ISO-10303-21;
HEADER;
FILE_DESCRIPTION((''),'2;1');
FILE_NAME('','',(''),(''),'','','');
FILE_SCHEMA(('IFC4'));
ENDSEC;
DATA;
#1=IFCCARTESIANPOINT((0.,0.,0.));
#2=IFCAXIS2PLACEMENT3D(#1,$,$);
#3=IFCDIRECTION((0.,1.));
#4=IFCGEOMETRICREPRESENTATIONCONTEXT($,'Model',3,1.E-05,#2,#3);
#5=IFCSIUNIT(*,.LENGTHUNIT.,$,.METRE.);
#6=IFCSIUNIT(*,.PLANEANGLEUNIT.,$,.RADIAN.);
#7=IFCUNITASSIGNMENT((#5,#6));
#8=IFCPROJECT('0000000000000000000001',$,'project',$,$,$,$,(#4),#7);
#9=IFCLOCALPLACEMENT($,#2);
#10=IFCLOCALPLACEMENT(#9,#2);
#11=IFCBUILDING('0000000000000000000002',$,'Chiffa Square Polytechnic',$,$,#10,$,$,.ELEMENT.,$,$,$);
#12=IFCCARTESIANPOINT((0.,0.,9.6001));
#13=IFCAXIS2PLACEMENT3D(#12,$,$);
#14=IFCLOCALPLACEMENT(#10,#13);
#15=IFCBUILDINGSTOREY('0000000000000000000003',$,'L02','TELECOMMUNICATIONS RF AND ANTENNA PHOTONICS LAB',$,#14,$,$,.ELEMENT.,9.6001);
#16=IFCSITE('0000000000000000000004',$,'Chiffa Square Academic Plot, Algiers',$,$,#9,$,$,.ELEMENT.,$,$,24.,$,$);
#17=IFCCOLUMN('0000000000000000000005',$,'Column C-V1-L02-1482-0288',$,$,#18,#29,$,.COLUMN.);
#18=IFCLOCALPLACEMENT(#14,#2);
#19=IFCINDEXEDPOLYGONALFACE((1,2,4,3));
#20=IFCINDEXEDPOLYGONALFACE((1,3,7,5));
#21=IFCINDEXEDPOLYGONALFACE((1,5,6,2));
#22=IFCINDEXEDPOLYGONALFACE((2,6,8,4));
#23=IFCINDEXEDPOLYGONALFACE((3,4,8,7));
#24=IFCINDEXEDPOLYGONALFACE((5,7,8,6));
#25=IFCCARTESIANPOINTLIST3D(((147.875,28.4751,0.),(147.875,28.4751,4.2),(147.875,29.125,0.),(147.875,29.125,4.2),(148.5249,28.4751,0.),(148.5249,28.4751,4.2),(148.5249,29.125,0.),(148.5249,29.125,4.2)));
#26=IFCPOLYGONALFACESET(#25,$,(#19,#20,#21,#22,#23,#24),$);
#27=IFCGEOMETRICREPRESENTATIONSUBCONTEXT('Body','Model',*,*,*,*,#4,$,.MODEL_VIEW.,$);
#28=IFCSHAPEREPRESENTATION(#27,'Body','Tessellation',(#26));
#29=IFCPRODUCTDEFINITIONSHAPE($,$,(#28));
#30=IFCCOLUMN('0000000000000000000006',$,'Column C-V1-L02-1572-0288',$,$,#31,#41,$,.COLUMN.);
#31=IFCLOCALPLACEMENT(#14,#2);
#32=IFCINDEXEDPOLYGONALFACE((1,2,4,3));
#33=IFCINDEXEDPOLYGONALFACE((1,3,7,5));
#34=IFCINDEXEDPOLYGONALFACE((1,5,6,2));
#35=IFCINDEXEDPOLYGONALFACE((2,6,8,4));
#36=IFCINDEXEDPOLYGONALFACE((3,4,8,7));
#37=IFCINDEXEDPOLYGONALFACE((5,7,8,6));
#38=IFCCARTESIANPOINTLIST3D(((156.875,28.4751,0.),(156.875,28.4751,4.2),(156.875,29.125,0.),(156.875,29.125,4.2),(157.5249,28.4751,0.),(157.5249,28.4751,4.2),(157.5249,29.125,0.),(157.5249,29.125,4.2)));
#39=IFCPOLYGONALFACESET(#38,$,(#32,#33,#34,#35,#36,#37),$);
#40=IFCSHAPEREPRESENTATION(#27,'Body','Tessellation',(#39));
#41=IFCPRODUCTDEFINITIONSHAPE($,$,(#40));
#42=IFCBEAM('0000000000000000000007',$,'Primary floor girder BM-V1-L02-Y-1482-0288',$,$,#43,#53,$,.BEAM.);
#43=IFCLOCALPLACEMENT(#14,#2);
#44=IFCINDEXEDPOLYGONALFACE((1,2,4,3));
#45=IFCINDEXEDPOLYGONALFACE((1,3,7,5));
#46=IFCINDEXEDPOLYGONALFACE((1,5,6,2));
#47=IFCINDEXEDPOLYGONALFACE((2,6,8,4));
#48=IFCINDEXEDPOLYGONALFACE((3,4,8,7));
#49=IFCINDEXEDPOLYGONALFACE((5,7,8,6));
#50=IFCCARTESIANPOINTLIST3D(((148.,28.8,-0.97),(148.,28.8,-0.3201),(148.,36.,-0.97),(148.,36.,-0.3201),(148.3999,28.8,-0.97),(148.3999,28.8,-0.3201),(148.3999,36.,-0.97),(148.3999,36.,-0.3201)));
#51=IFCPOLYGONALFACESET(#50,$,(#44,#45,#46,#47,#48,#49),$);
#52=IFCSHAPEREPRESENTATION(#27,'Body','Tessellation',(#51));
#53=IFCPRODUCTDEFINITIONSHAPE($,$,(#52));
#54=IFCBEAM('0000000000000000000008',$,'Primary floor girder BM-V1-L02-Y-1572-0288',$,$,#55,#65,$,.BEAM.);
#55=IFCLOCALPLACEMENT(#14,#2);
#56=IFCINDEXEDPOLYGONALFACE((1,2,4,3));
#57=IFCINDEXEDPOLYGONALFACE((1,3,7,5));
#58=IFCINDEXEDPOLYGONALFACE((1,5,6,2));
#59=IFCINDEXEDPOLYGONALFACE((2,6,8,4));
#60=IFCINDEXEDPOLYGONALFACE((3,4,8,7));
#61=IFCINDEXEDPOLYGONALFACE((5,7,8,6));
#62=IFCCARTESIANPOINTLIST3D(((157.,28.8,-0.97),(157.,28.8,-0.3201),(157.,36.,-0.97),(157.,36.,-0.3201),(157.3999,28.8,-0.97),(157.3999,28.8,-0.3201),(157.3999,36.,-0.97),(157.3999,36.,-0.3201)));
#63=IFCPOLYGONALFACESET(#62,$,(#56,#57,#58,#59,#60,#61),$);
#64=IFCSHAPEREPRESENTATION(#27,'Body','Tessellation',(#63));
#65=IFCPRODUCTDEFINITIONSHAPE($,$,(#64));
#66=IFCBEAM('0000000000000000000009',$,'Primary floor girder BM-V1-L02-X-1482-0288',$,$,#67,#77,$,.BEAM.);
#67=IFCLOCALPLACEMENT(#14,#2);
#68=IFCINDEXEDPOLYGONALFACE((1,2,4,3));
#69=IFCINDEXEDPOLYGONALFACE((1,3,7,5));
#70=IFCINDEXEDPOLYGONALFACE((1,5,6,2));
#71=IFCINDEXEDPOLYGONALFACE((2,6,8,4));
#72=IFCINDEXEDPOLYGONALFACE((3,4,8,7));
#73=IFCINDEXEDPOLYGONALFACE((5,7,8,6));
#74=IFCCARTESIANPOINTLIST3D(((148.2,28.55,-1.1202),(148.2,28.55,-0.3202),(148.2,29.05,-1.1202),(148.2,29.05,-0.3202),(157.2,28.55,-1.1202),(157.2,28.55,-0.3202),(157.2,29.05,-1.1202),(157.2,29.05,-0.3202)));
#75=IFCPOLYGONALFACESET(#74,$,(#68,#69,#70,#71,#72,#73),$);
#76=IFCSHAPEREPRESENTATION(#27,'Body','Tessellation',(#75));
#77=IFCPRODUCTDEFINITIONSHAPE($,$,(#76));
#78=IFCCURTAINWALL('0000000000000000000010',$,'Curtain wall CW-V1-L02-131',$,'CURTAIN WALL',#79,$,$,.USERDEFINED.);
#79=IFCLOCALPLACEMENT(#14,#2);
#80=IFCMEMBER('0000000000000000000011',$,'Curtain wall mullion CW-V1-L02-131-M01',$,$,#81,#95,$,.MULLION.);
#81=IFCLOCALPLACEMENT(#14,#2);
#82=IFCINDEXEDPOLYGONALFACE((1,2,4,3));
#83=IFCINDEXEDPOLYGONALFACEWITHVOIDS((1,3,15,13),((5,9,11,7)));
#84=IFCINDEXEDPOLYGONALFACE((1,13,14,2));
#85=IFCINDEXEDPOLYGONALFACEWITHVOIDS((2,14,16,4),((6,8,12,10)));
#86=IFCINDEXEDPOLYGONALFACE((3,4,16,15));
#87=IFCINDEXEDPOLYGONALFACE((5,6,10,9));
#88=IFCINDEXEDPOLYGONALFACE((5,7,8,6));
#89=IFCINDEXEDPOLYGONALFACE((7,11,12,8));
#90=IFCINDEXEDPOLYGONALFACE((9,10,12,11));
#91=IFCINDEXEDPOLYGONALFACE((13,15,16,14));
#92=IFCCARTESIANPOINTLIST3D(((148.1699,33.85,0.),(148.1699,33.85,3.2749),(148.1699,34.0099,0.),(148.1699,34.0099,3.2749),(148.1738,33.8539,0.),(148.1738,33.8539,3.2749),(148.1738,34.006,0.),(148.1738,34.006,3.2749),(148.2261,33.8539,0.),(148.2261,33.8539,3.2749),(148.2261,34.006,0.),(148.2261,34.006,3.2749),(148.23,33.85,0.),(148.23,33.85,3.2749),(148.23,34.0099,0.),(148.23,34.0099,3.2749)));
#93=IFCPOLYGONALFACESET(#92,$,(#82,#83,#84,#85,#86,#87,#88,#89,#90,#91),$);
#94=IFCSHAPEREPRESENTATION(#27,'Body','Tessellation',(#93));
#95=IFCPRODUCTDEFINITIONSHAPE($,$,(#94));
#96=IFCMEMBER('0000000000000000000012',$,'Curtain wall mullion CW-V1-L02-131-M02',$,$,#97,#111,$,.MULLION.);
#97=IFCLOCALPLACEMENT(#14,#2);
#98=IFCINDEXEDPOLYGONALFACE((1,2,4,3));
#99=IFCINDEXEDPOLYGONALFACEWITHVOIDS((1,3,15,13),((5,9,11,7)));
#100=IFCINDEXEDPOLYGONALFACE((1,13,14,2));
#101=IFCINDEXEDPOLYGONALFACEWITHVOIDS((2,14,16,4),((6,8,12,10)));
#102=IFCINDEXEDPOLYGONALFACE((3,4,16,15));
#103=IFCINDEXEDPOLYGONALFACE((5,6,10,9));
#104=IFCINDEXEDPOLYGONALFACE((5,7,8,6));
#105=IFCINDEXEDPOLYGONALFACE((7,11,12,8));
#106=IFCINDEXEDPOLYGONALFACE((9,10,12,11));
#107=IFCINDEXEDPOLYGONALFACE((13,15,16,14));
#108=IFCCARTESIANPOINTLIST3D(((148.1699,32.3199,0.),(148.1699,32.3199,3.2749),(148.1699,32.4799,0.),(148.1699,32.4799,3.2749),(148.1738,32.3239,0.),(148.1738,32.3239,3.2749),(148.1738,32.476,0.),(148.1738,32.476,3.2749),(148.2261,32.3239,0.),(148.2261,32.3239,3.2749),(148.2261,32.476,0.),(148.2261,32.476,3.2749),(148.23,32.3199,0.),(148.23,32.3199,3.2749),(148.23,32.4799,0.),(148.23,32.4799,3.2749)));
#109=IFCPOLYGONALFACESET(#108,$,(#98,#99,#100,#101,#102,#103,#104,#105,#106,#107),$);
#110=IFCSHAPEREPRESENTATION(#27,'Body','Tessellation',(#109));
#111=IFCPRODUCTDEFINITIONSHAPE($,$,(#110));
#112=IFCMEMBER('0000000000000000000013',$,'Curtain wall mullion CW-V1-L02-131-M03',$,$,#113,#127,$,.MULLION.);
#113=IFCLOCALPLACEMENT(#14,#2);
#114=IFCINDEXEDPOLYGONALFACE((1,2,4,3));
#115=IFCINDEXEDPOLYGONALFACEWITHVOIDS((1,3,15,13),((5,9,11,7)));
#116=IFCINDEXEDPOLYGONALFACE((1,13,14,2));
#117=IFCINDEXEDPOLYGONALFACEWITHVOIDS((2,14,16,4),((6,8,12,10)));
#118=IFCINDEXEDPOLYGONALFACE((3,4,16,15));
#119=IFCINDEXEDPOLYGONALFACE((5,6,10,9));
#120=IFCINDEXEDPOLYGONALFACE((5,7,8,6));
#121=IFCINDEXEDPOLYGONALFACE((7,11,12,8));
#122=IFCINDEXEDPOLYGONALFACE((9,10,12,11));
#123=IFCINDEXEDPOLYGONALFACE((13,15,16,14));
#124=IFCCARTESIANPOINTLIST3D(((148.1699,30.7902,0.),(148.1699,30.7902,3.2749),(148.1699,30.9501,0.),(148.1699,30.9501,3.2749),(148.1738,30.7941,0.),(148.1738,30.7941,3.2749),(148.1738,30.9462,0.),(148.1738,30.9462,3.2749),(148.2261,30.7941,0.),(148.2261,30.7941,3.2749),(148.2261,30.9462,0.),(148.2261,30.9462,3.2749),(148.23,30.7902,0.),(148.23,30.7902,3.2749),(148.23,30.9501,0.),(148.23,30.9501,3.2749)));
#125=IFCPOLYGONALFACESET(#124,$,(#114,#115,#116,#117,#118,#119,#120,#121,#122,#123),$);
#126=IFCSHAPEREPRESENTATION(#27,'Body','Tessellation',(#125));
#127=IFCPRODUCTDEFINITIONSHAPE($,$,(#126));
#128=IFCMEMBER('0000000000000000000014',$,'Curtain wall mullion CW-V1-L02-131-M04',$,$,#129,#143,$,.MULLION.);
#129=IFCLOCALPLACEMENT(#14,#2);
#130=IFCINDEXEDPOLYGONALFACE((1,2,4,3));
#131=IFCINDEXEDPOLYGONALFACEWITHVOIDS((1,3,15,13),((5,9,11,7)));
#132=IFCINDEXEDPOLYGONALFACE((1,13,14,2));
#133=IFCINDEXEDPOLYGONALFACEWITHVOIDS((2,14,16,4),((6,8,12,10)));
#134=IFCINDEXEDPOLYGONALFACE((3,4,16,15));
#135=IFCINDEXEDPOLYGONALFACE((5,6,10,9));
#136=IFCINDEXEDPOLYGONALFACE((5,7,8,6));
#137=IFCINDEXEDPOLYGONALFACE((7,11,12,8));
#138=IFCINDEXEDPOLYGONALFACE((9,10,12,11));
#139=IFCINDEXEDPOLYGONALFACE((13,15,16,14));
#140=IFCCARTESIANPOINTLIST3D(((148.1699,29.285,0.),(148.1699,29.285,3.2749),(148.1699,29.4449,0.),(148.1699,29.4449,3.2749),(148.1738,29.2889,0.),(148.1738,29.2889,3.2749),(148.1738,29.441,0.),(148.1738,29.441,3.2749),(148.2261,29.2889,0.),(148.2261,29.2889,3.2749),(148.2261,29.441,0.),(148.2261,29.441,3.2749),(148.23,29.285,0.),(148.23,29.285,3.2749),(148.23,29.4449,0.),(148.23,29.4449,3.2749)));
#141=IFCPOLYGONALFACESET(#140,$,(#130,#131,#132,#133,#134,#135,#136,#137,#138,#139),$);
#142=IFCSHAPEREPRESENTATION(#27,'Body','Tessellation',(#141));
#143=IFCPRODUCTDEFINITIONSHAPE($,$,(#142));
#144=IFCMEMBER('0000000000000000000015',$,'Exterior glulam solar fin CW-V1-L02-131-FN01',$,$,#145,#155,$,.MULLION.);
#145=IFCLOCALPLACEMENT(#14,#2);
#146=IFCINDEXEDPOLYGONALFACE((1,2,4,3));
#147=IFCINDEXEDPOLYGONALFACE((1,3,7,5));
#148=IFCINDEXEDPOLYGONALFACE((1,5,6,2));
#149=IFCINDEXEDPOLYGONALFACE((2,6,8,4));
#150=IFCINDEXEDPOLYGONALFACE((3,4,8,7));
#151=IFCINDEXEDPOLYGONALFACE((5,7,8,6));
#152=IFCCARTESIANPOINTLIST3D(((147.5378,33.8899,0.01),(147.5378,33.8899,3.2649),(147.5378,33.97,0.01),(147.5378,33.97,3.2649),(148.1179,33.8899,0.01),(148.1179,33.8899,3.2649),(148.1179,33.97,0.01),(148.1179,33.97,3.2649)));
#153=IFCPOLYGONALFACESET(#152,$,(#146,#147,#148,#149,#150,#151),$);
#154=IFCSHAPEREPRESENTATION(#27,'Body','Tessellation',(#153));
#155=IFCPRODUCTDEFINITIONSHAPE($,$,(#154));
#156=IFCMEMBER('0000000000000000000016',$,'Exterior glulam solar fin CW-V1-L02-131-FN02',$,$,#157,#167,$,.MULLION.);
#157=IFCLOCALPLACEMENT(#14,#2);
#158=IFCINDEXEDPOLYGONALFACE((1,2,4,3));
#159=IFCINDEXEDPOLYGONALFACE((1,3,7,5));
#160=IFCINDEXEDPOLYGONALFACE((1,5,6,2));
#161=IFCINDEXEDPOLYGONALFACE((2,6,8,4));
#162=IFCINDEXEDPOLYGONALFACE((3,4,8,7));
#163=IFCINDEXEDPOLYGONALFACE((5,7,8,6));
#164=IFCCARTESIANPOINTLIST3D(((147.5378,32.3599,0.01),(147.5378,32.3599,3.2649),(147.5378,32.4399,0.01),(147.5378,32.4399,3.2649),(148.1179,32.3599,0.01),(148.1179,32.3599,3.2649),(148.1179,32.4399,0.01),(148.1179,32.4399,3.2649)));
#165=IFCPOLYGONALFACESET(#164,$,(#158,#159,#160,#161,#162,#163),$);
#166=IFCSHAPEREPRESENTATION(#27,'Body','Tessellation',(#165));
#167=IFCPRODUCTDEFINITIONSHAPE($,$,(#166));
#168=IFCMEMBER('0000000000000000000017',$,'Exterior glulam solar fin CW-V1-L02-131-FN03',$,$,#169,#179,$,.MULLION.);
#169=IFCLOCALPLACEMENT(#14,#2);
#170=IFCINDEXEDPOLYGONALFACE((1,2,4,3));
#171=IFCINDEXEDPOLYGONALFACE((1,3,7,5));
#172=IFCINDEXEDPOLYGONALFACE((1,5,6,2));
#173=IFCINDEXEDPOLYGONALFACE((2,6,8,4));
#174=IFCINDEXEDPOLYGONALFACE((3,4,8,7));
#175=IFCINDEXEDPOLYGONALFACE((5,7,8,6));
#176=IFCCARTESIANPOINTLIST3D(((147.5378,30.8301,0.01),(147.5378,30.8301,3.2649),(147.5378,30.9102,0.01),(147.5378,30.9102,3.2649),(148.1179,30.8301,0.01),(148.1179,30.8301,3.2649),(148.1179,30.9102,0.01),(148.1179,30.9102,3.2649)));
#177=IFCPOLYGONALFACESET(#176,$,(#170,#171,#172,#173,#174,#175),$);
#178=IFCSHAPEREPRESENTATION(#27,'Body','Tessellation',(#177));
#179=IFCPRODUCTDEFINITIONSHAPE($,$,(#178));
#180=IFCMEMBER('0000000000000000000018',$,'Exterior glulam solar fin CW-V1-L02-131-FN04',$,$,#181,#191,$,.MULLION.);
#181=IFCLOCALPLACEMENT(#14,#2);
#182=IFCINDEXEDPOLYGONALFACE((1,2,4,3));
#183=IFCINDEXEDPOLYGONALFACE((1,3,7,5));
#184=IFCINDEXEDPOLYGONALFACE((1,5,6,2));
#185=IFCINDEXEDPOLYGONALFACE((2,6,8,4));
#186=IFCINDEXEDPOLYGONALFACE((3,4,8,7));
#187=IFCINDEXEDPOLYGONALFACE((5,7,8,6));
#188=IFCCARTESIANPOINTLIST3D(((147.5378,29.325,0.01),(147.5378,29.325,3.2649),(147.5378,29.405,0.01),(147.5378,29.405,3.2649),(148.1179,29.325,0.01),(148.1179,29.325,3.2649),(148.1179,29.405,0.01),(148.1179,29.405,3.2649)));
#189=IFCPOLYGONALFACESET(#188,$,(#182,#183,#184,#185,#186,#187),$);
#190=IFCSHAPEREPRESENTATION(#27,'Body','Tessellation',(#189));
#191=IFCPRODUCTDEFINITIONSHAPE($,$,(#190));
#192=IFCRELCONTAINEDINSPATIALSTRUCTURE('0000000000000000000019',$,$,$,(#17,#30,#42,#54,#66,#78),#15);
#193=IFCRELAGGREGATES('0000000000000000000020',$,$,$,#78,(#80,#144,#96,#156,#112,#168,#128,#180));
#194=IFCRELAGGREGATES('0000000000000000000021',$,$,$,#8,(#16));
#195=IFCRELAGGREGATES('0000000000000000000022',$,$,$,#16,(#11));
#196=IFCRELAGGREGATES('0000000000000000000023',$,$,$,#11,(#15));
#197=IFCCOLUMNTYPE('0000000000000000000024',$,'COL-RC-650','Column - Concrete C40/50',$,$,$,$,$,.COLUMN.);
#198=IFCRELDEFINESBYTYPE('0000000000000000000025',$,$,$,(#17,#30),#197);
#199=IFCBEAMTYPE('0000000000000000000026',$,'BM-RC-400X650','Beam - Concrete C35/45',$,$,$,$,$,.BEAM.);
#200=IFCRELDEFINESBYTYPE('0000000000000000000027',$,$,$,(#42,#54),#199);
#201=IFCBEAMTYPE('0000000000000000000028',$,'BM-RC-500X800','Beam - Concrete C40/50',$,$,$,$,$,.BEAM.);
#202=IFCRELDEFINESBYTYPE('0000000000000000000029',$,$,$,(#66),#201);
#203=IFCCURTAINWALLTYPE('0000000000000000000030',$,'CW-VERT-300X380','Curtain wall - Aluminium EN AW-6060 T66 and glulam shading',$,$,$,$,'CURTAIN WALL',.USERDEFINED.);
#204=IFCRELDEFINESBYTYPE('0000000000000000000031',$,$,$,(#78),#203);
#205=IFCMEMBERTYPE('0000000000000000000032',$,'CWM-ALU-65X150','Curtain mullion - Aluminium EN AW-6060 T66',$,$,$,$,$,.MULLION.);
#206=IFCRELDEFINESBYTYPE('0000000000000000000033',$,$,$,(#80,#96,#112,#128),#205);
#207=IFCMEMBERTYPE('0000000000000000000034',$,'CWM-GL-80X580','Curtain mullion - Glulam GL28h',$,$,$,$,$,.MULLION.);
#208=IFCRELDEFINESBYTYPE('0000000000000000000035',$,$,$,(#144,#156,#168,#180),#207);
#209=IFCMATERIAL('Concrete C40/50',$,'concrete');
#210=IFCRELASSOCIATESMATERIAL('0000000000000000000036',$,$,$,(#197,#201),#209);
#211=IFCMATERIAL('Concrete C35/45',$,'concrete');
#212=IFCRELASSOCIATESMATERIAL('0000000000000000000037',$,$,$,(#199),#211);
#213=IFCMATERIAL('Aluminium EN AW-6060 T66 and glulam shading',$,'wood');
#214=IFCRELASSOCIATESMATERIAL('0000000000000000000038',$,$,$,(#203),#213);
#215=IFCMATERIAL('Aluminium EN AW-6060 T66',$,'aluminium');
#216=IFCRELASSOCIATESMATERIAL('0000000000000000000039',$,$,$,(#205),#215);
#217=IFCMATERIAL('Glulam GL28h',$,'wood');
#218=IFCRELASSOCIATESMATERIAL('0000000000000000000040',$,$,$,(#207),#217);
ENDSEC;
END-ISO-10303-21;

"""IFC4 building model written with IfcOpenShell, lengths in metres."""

from ifc_helpers import new_model, si_unit, direction, frame, origin, origin_2d, place, context, subcontext, project, spatial, rectangle, hollow_rectangle, extrude, material, material_profile, profile_set, type_object, element, aggregate, save


model = new_model("IFC4")

# Units and contexts
model_context = context("Model", 3, precision=1e-05, world=origin(), true_north=direction((0.0, 1.0)))
body_context = subcontext(model_context, "Body", "Model", "MODEL_VIEW")
ifc_project = project(units=[si_unit("LENGTHUNIT", "METRE"), si_unit("PLANEANGLEUNIT", "RADIAN")], contexts=[model_context])

# Site, building, storey
site_placement = place(None, origin())
site = spatial("IfcSite", under=ifc_project, at=site_placement, Name="Chiffa Square Academic Plot, Algiers", CompositionType="ELEMENT", RefElevation=24.0)
building_placement = place(site_placement, origin())
building = spatial("IfcBuilding", under=site, at=building_placement, Name="Chiffa Square Polytechnic", CompositionType="ELEMENT")
storey_placement = place(building_placement, frame((0.0, 0.0, 9.6001)))
storey = spatial("IfcBuildingStorey", under=building, at=storey_placement, Name="L02", Description="TELECOMMUNICATIONS RF AND ANTENNA PHOTONICS LAB", CompositionType="ELEMENT", Elevation=9.6001)

# Columns
ifc_material_1 = material(Name="Concrete C40/50", Category="concrete")
ifc_material_profile_1 = material_profile(ifc_material_1, rectangle(XDim=0.6499, YDim=0.6499, at=origin_2d()), Name="RC 650x650")
ifc_profile_set_1 = profile_set([ifc_material_profile_1], Name="Concrete C40/50")
column_type = type_object("IfcColumnType", Name="COL-RC-650", Description="Column - Concrete C40/50", PredefinedType="COLUMN", material=ifc_profile_set_1)
for number, where, z_axis, x_axis, name in (
    (1, (148.2, 28.8, 0.0), (0.0, 0.0, 1.0), (1.0, 0.0, 0.0), "Column C-V1-L02-1482-0288"),
    (2, (157.2, 28.8, 0.0), (0.0, 0.0, 1.0), (1.0, 0.0, 0.0), "Column C-V1-L02-1572-0288"),
):
    element("IfcColumn", number, at=place(storey_placement, frame(where, z_axis=z_axis, x_axis=x_axis)), inside=storey, type_object=column_type, Name=name, PredefinedType="COLUMN", context=body_context, shape_type="SweptSolid", body=[
        extrude(rectangle(XDim=0.6499, YDim=0.6499, at=origin_2d()), origin(), (0.0, 0.0, 1.0), 4.2),
    ])

# Beams
ifc_material_2 = material(Name="Concrete C35/45", Category="concrete")
ifc_material_profile_2 = material_profile(ifc_material_2, rectangle(XDim=0.3999, YDim=0.6499, at=origin_2d()), Name="RC 400x650")
ifc_profile_set_2 = profile_set([ifc_material_profile_2], Name="Concrete C35/45")
beam_type_1 = type_object("IfcBeamType", Name="BM-RC-400X650", Description="Beam - Concrete C35/45", PredefinedType="BEAM", material=ifc_profile_set_2)
for number, where, z_axis, x_axis, name in (
    (3, (148.2, 28.8, -0.645), (0.0, 1.0, 0.0), (-1.0, 0.0, 0.0), "Primary floor girder BM-V1-L02-Y-1482-0288"),
    (4, (157.2, 28.8, -0.645), (0.0, 1.0, 0.0), (-1.0, 0.0, 0.0), "Primary floor girder BM-V1-L02-Y-1572-0288"),
):
    element("IfcBeam", number, at=place(storey_placement, frame(where, z_axis=z_axis, x_axis=x_axis)), inside=storey, type_object=beam_type_1, Name=name, PredefinedType="BEAM", context=body_context, shape_type="SweptSolid", body=[
        extrude(rectangle(XDim=0.3999, YDim=0.6499, at=origin_2d()), origin(), (0.0, 0.0, 1.0), 7.2),
    ])
ifc_material_profile_3 = material_profile(ifc_material_1, rectangle(XDim=0.5, YDim=0.8, at=origin_2d()), Name="RC 500x800")
ifc_profile_set_3 = profile_set([ifc_material_profile_3], Name="Concrete C40/50")
beam_type_2 = type_object("IfcBeamType", Name="BM-RC-500X800", Description="Beam - Concrete C40/50", PredefinedType="BEAM", material=ifc_profile_set_3)
beam_placement = place(storey_placement, frame((148.2, 28.8, -0.7202), z_axis=(1.0, 0.0, 0.0), x_axis=(0.0, 1.0, 0.0)))
element("IfcBeam", 5, at=beam_placement, inside=storey, type_object=beam_type_2, Name="Primary floor girder BM-V1-L02-X-1482-0288", PredefinedType="BEAM", context=body_context, shape_type="SweptSolid", body=[
    extrude(rectangle(XDim=0.5, YDim=0.8, at=origin_2d()), origin(), (0.0, 0.0, 1.0), 9.0),
])

# Curtain wall, members
ifc_material_3 = material(Name="Aluminium EN AW-6060 T66 and glulam shading", Category="wood")
curtain_wall_type = type_object("IfcCurtainWallType", Name="CW-VERT-300X380", Description="Curtain wall - Aluminium EN AW-6060 T66 and glulam shading", ElementType="CURTAIN WALL", PredefinedType="USERDEFINED", material=ifc_material_3)
curtain_wall_placement = place(storey_placement, origin())
curtain_wall = element("IfcCurtainWall", 6, at=curtain_wall_placement, inside=storey, type_object=curtain_wall_type, Name="Curtain wall CW-V1-L02-131", ObjectType="CURTAIN WALL", PredefinedType="USERDEFINED")
ifc_material_4 = material(Name="Aluminium EN AW-6060 T66", Category="aluminium")
ifc_material_profile_4 = material_profile(ifc_material_4, hollow_rectangle(XDim=0.0601, YDim=0.1599, WallThickness=0.0039, at=origin_2d()), Name="ALU 60x160x4")
ifc_profile_set_4 = profile_set([ifc_material_profile_4], Name="Aluminium EN AW-6060 T66")
member_type_1 = type_object("IfcMemberType", Name="CWM-ALU-65X150", Description="Curtain mullion - Aluminium EN AW-6060 T66", PredefinedType="MULLION", material=ifc_profile_set_4)
member_1_placement = place(storey_placement, frame((148.2, 33.9299, 0.0), z_axis=(0.0, 0.0, 1.0), x_axis=(1.0, 0.0, 0.0)))
member_1 = element("IfcMember", 7, at=member_1_placement, type_object=member_type_1, Name="Curtain wall mullion CW-V1-L02-131-M01", PredefinedType="MULLION", context=body_context, shape_type="SweptSolid", body=[
    extrude(hollow_rectangle(XDim=0.0601, YDim=0.1599, WallThickness=0.0039, at=origin_2d()), origin(), (0.0, 0.0, 1.0), 3.2749),
])
member_2_placement = place(storey_placement, frame((148.2, 32.3999, 0.0), z_axis=(0.0, 0.0, 1.0), x_axis=(1.0, 0.0, 0.0)))
member_2 = element("IfcMember", 8, at=member_2_placement, type_object=member_type_1, Name="Curtain wall mullion CW-V1-L02-131-M02", PredefinedType="MULLION", context=body_context, shape_type="SweptSolid", body=[
    extrude(hollow_rectangle(XDim=0.0601, YDim=0.1599, WallThickness=0.0039, at=origin_2d()), origin(), (0.0, 0.0, 1.0), 3.2749),
])
member_3_placement = place(storey_placement, frame((148.2, 30.8701, 0.0), z_axis=(0.0, 0.0, 1.0), x_axis=(1.0, 0.0, 0.0)))
member_3 = element("IfcMember", 9, at=member_3_placement, type_object=member_type_1, Name="Curtain wall mullion CW-V1-L02-131-M03", PredefinedType="MULLION", context=body_context, shape_type="SweptSolid", body=[
    extrude(hollow_rectangle(XDim=0.0601, YDim=0.1599, WallThickness=0.0039, at=origin_2d()), origin(), (0.0, 0.0, 1.0), 3.2749),
])
member_4_placement = place(storey_placement, frame((148.2, 29.365, 0.0), z_axis=(0.0, 0.0, 1.0), x_axis=(1.0, 0.0, 0.0)))
member_4 = element("IfcMember", 10, at=member_4_placement, type_object=member_type_1, Name="Curtain wall mullion CW-V1-L02-131-M04", PredefinedType="MULLION", context=body_context, shape_type="SweptSolid", body=[
    extrude(hollow_rectangle(XDim=0.0601, YDim=0.1599, WallThickness=0.0039, at=origin_2d()), origin(), (0.0, 0.0, 1.0), 3.2749),
])
ifc_material_5 = material(Name="Glulam GL28h", Category="wood")
ifc_material_profile_5 = material_profile(ifc_material_5, rectangle(XDim=0.0801, YDim=0.5801, at=origin_2d()), Name="GL28h 80x580")
ifc_profile_set_5 = profile_set([ifc_material_profile_5], Name="Glulam GL28h")
member_type_2 = type_object("IfcMemberType", Name="CWM-GL-80X580", Description="Curtain mullion - Glulam GL28h", PredefinedType="MULLION", material=ifc_profile_set_5)
member_5_placement = place(storey_placement, frame((147.8279, 33.9299, 0.01), z_axis=(0.0, 0.0, 1.0), x_axis=(0.0, -1.0, 0.0)))
member_5 = element("IfcMember", 11, at=member_5_placement, type_object=member_type_2, Name="Exterior glulam solar fin CW-V1-L02-131-FN01", PredefinedType="MULLION", context=body_context, shape_type="SweptSolid", body=[
    extrude(rectangle(XDim=0.0801, YDim=0.5801, at=origin_2d()), origin(), (0.0, 0.0, 1.0), 3.2549),
])
member_6_placement = place(storey_placement, frame((147.8279, 32.3999, 0.01), z_axis=(0.0, 0.0, 1.0), x_axis=(0.0, -1.0, 0.0)))
member_6 = element("IfcMember", 12, at=member_6_placement, type_object=member_type_2, Name="Exterior glulam solar fin CW-V1-L02-131-FN02", PredefinedType="MULLION", context=body_context, shape_type="SweptSolid", body=[
    extrude(rectangle(XDim=0.0801, YDim=0.5801, at=origin_2d()), origin(), (0.0, 0.0, 1.0), 3.2549),
])
member_7_placement = place(storey_placement, frame((147.8279, 30.8701, 0.01), z_axis=(0.0, 0.0, 1.0), x_axis=(0.0, -1.0, 0.0)))
member_7 = element("IfcMember", 13, at=member_7_placement, type_object=member_type_2, Name="Exterior glulam solar fin CW-V1-L02-131-FN03", PredefinedType="MULLION", context=body_context, shape_type="SweptSolid", body=[
    extrude(rectangle(XDim=0.0801, YDim=0.5801, at=origin_2d()), origin(), (0.0, 0.0, 1.0), 3.2549),
])
member_8_placement = place(storey_placement, frame((147.8279, 29.365, 0.01), z_axis=(0.0, 0.0, 1.0), x_axis=(0.0, -1.0, 0.0)))
member_8 = element("IfcMember", 14, at=member_8_placement, type_object=member_type_2, Name="Exterior glulam solar fin CW-V1-L02-131-FN04", PredefinedType="MULLION", context=body_context, shape_type="SweptSolid", body=[
    extrude(rectangle(XDim=0.0801, YDim=0.5801, at=origin_2d()), origin(), (0.0, 0.0, 1.0), 3.2549),
])

aggregate(curtain_wall, [member_1, member_5, member_2, member_6, member_3, member_7, member_4, member_8])

save(model, "model.ifc")
